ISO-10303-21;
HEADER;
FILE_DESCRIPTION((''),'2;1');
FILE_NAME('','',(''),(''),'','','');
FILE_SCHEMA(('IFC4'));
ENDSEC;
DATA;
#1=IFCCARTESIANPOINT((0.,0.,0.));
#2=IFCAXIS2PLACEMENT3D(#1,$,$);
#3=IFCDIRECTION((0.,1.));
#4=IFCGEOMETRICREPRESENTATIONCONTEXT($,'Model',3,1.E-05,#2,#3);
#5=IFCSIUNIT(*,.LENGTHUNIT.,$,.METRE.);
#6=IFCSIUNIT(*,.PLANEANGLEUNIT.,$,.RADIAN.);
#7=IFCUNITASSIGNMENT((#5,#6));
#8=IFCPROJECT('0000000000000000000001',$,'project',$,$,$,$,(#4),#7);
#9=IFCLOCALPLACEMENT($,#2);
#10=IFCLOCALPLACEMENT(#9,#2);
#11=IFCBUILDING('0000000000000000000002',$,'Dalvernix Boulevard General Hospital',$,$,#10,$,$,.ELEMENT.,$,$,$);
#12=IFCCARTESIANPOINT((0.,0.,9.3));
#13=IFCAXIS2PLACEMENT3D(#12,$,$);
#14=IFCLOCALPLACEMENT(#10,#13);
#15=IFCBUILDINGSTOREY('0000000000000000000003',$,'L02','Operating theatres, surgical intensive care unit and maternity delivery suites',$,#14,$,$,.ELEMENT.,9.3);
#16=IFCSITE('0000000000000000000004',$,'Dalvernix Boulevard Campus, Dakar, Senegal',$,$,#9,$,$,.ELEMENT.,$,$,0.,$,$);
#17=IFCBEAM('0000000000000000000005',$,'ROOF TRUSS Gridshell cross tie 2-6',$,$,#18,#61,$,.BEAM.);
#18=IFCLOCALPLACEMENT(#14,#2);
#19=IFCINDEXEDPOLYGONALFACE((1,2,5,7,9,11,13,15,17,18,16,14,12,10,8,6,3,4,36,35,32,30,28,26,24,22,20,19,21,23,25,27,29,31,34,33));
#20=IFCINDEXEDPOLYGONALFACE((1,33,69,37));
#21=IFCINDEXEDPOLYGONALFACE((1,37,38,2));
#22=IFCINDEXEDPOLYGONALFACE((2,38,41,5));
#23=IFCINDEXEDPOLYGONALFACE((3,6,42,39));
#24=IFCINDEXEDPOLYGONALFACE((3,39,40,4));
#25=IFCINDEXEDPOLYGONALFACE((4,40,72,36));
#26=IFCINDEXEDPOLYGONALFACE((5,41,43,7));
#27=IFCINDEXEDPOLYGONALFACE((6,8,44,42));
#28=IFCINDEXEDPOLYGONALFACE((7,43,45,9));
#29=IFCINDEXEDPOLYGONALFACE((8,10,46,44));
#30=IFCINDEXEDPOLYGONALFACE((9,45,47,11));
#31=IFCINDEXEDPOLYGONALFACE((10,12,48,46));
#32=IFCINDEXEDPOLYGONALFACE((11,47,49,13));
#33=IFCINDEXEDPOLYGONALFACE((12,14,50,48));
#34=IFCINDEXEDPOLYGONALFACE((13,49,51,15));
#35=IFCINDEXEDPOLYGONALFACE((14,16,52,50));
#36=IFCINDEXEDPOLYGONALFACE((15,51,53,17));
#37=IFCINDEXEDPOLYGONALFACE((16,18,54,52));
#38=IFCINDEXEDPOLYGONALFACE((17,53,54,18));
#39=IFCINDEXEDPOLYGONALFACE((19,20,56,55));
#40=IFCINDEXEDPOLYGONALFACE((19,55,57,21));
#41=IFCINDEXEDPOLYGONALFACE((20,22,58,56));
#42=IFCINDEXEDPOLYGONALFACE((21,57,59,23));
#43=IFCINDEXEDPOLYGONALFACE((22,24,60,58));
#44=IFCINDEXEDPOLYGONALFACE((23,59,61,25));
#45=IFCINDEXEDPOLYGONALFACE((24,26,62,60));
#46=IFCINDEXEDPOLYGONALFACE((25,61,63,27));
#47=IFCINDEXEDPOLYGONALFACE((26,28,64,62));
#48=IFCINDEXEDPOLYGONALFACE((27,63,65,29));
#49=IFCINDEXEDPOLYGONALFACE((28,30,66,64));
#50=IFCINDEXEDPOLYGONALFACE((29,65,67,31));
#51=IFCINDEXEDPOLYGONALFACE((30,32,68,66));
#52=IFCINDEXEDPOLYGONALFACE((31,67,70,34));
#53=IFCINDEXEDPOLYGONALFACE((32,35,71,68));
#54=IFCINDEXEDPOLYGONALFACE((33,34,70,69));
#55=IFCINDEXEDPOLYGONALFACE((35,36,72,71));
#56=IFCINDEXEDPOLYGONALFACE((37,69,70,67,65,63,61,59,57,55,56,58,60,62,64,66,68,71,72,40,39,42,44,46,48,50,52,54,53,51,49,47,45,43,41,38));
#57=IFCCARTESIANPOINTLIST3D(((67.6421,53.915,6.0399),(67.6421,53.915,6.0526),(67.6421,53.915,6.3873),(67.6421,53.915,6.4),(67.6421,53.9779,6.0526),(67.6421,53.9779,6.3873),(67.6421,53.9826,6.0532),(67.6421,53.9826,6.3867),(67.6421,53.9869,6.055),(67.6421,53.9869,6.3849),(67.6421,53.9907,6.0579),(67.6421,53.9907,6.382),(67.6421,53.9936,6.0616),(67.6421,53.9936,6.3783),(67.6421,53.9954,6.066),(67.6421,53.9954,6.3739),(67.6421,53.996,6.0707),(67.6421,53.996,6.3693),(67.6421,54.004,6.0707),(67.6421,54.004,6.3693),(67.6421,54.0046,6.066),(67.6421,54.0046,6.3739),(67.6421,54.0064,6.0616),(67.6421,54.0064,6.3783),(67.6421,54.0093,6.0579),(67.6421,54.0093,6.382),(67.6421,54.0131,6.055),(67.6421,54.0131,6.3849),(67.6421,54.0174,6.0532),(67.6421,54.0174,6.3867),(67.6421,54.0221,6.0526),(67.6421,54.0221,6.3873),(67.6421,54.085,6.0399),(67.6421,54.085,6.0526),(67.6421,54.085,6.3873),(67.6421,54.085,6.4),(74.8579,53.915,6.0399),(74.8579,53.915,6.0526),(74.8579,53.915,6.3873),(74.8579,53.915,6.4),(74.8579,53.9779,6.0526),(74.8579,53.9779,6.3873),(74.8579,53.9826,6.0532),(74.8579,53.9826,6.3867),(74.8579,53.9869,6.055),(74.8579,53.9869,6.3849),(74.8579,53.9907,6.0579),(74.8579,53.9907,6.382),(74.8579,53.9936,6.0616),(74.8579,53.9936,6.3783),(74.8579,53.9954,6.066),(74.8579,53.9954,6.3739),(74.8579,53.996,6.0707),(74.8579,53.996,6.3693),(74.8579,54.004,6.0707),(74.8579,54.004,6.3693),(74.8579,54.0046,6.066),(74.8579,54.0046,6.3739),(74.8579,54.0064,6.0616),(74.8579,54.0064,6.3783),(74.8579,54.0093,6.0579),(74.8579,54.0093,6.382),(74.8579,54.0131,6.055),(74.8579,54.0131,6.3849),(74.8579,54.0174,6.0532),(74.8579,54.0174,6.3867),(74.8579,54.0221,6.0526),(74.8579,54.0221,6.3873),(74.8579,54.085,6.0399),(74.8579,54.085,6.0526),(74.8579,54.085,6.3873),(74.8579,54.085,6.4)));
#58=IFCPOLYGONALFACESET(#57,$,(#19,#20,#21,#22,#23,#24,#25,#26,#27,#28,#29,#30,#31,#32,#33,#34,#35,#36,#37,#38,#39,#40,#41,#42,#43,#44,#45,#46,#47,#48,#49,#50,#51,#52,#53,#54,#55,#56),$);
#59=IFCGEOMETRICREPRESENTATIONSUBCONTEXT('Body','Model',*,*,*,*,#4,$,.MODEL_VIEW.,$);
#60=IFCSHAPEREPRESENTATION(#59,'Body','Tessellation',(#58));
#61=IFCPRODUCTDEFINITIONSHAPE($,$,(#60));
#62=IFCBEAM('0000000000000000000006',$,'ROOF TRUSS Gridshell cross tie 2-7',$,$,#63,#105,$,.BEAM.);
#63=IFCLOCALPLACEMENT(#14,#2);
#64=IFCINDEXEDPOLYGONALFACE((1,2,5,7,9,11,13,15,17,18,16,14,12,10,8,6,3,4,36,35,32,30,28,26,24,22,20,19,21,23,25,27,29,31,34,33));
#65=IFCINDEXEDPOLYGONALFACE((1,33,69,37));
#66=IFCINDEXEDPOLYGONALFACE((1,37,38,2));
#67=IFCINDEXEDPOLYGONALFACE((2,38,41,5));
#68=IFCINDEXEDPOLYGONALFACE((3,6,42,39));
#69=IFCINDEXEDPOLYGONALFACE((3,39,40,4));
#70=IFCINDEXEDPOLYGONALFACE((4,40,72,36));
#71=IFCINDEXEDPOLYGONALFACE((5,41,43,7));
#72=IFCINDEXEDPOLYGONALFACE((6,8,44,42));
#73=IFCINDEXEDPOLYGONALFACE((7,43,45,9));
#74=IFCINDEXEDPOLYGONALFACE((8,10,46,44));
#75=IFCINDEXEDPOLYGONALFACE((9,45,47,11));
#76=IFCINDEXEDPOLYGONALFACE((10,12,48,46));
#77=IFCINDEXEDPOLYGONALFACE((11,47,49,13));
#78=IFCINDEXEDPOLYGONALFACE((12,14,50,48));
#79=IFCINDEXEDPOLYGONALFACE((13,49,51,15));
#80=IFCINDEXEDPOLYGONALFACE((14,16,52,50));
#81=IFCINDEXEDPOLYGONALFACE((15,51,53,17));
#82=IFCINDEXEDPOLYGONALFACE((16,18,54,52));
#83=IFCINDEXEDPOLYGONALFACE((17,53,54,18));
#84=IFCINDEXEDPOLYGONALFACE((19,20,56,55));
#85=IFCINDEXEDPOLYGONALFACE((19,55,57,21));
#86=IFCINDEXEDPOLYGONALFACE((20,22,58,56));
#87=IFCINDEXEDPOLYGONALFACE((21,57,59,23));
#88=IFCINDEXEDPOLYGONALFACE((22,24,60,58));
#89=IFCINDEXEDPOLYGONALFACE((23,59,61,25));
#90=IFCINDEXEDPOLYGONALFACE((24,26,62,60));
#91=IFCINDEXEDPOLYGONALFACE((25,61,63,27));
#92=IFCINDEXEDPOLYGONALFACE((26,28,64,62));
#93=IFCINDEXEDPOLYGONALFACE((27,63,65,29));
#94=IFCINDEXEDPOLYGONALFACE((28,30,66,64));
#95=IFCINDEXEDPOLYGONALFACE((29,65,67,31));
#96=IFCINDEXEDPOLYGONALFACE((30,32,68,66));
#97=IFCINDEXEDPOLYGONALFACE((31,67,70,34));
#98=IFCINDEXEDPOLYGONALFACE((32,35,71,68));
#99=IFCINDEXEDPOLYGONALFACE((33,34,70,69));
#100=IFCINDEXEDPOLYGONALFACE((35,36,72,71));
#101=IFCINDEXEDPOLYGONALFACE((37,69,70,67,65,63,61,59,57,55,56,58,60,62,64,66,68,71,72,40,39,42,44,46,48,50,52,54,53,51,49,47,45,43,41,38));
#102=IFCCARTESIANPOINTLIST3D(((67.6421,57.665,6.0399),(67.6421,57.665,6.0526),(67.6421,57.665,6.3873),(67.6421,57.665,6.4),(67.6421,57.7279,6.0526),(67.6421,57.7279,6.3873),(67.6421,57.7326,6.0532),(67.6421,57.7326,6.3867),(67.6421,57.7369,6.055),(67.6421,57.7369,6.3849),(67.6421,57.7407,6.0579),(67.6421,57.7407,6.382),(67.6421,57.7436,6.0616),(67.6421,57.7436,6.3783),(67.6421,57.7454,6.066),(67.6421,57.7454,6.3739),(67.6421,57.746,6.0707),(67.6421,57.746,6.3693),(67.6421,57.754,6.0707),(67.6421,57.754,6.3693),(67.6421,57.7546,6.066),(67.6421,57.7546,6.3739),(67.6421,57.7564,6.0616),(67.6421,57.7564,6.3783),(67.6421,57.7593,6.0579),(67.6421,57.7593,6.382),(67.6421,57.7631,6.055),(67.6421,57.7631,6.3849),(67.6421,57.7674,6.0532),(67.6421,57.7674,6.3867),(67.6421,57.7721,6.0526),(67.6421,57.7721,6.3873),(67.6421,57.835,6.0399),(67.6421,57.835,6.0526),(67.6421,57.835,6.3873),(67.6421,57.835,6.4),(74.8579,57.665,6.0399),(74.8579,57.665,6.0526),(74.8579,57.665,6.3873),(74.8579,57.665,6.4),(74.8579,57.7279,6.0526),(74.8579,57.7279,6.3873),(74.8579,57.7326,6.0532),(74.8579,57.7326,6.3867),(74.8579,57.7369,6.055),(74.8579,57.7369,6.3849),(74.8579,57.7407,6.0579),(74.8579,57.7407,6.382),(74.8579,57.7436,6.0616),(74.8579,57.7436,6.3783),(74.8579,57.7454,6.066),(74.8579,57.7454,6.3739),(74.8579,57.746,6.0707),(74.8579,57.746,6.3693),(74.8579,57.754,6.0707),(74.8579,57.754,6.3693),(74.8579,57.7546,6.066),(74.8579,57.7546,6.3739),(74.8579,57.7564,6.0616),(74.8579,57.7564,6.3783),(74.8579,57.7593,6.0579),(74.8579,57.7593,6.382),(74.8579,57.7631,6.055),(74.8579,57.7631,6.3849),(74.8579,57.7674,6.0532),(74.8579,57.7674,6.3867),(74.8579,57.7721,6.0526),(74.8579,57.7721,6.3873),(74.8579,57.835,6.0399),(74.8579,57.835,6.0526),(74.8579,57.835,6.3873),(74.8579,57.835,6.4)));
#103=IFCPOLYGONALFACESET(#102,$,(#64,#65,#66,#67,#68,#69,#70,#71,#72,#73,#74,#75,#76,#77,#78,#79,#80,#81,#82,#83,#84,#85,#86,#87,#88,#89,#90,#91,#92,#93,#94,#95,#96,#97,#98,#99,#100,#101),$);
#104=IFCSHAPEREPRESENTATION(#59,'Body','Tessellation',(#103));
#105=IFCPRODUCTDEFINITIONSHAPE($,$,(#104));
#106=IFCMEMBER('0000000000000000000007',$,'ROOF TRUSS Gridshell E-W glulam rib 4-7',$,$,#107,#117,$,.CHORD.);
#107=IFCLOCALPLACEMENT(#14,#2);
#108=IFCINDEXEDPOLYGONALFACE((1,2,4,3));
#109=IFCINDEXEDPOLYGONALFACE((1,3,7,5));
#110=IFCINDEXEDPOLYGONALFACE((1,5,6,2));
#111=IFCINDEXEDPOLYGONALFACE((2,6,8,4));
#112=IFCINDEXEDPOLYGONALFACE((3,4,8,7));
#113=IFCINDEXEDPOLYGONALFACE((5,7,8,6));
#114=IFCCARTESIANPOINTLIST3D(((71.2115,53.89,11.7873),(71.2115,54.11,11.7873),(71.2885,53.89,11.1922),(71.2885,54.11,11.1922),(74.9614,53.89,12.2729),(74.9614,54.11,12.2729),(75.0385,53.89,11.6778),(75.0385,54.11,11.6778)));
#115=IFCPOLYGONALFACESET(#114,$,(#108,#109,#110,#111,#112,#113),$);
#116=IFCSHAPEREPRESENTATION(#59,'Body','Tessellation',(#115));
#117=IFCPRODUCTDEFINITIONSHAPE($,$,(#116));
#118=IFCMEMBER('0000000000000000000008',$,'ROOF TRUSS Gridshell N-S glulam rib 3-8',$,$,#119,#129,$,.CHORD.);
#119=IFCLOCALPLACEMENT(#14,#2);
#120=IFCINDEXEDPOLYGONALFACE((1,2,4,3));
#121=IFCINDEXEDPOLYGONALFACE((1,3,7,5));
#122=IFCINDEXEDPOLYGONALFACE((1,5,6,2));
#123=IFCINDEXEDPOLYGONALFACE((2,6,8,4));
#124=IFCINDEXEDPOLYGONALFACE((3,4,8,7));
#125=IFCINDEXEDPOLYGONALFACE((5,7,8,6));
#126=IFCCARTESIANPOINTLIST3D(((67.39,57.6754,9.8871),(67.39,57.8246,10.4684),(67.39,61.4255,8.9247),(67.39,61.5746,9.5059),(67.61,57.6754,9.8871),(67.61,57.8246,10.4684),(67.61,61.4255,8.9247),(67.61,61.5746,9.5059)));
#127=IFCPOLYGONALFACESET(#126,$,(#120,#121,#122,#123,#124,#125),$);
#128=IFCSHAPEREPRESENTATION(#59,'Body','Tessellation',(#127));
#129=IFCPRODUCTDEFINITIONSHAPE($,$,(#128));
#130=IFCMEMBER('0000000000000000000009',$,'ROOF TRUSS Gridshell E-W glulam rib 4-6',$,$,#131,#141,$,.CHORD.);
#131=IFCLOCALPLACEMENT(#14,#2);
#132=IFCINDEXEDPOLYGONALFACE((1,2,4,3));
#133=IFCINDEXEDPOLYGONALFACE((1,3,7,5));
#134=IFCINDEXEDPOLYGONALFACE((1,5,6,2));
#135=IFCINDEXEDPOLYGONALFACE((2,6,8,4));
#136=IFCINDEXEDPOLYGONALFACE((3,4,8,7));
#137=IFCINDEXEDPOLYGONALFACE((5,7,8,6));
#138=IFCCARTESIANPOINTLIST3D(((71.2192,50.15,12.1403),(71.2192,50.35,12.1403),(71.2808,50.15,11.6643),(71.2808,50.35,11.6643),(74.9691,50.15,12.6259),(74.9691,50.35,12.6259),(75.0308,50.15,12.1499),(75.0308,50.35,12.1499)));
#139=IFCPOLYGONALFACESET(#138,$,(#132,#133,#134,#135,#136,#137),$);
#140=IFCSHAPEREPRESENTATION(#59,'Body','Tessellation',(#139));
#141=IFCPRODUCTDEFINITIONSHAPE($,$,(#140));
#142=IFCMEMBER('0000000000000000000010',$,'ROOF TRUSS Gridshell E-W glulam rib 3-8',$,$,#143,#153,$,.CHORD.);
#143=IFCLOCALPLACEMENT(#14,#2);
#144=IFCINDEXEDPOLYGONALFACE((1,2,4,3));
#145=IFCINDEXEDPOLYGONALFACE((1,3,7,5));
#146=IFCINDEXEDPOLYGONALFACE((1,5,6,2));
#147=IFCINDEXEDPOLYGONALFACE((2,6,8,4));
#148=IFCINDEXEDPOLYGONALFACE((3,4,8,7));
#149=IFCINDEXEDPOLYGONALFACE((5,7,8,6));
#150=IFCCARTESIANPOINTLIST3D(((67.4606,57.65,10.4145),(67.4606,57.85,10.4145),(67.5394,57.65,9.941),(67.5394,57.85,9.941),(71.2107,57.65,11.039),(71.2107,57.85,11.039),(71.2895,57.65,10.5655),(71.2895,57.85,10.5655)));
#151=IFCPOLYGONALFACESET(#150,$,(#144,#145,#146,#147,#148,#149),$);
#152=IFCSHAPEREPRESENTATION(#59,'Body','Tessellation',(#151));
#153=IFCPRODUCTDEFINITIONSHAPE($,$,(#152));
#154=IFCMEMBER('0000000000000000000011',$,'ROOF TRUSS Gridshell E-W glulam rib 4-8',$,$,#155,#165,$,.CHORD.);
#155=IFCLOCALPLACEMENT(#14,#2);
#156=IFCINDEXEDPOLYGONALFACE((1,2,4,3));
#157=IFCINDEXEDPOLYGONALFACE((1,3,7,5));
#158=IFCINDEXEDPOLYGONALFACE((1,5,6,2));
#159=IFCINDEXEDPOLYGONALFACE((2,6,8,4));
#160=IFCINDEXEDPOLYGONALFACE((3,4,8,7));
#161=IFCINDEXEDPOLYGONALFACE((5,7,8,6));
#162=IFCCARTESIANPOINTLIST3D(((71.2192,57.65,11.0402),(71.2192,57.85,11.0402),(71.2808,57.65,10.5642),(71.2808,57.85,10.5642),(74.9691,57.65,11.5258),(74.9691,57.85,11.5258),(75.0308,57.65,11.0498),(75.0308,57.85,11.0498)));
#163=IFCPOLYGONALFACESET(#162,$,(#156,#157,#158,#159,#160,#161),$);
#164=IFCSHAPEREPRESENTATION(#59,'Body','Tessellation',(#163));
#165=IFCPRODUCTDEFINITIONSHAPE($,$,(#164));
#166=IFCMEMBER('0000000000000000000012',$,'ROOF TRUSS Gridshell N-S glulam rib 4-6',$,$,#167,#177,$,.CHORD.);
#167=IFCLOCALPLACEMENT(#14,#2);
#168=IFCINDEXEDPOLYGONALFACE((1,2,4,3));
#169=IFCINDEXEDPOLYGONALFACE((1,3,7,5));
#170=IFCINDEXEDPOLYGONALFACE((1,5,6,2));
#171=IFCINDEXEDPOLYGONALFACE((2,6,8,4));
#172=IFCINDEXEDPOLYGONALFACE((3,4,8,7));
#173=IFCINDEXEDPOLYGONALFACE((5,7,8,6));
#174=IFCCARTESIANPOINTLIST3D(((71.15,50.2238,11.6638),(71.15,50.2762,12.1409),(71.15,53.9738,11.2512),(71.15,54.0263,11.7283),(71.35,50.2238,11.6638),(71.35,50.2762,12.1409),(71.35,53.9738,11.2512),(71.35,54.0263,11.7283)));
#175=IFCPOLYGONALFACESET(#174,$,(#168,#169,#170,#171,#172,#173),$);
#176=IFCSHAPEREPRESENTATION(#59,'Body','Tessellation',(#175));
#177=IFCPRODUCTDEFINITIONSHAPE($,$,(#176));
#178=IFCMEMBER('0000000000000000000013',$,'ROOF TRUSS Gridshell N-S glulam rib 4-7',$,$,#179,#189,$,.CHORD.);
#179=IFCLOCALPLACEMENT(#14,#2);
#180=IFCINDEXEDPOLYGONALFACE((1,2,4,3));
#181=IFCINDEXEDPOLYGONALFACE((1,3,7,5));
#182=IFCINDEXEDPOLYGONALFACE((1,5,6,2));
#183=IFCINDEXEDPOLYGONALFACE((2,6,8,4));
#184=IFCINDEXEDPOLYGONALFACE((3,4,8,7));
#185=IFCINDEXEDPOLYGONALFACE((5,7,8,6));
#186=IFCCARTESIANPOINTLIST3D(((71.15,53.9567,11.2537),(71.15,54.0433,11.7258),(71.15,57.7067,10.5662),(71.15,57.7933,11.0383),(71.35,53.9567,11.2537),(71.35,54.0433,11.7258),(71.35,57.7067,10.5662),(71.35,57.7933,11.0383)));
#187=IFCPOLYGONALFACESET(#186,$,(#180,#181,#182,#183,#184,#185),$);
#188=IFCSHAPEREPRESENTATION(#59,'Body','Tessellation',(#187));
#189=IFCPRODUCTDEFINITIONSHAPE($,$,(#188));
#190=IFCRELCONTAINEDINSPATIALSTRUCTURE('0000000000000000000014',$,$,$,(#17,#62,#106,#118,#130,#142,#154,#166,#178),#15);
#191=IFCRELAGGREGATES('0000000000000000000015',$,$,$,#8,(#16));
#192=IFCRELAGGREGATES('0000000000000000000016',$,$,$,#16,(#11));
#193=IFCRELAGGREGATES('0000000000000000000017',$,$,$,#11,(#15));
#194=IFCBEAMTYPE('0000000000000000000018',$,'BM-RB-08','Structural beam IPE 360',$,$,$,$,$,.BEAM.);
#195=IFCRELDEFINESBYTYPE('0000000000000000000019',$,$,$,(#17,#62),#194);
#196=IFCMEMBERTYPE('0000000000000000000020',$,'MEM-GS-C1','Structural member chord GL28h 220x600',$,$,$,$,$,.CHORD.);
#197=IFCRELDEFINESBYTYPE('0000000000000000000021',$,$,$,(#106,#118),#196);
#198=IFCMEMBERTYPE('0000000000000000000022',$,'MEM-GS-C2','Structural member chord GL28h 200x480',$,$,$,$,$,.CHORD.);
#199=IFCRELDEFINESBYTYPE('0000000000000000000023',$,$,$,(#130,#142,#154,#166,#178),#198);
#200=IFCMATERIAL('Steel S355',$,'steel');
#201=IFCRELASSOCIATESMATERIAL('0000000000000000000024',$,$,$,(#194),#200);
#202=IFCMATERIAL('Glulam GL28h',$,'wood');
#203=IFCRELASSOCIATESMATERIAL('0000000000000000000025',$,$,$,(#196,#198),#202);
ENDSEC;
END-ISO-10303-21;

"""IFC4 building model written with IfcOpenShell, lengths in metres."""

from ifc_helpers import new_model, si_unit, direction, frame, origin, origin_2d, place, context, subcontext, project, spatial, rectangle, i_section, extrude, material, material_profile, profile_set, type_object, element, save


model = new_model("IFC4")

# Units and contexts
model_context = context("Model", 3, precision=1e-05, world=origin(), true_north=direction((0.0, 1.0)))
body_context = subcontext(model_context, "Body", "Model", "MODEL_VIEW")
ifc_project = project(units=[si_unit("LENGTHUNIT", "METRE"), si_unit("PLANEANGLEUNIT", "RADIAN")], contexts=[model_context])

# Site, building, storey
site_placement = place(None, origin())
site = spatial("IfcSite", under=ifc_project, at=site_placement, Name="Dalvernix Boulevard Campus, Dakar, Senegal", CompositionType="ELEMENT", RefElevation=0.0)
building_placement = place(site_placement, origin())
building = spatial("IfcBuilding", under=site, at=building_placement, Name="Dalvernix Boulevard General Hospital", CompositionType="ELEMENT")
storey_placement = place(building_placement, frame((0.0, 0.0, 9.3)))
storey = spatial("IfcBuildingStorey", under=building, at=storey_placement, Name="L02", Description="Operating theatres, surgical intensive care unit and maternity delivery suites", CompositionType="ELEMENT", Elevation=9.3)

# Beams
ifc_material_1 = material(Name="Steel S355", Category="steel")
ifc_material_profile_1 = material_profile(ifc_material_1, i_section(OverallWidth=0.1699, OverallDepth=0.3601, WebThickness=0.0081, FlangeThickness=0.0127, FilletRadius=0.0181, at=origin_2d()), Name="IPE 360")
ifc_profile_set_1 = profile_set([ifc_material_profile_1], Name="Steel S355")
beam_type = type_object("IfcBeamType", Name="BM-RB-08", Description="Structural beam IPE 360", PredefinedType="BEAM", material=ifc_profile_set_1)
for number, where, z_axis, x_axis, name in (
    (1, (67.6421, 54.0, 6.22), (1.0, 0.0, 0.0), (0.0, 1.0, 0.0), "ROOF TRUSS Gridshell cross tie 2-6"),
    (2, (67.6421, 57.75, 6.22), (1.0, 0.0, 0.0), (0.0, 1.0, 0.0), "ROOF TRUSS Gridshell cross tie 2-7"),
):
    element("IfcBeam", number, at=place(storey_placement, frame(where, z_axis=z_axis, x_axis=x_axis)), inside=storey, type_object=beam_type, Name=name, PredefinedType="BEAM", context=body_context, shape_type="SweptSolid", body=[
        extrude(i_section(OverallWidth=0.1699, OverallDepth=0.3601, WebThickness=0.0081, FlangeThickness=0.0127, FilletRadius=0.0181, at=origin_2d()), origin(), (0.0, 0.0, 1.0), 7.2158),
    ])

# Members
ifc_material_2 = material(Name="Glulam GL28h", Category="wood")
ifc_material_profile_2 = material_profile(ifc_material_2, rectangle(XDim=0.22, YDim=0.6001, at=origin_2d()), Name="GL28h 220x600")
ifc_profile_set_2 = profile_set([ifc_material_profile_2], Name="Glulam GL28h")
member_type_1 = type_object("IfcMemberType", Name="MEM-GS-C1", Description="Structural member chord GL28h 220x600", PredefinedType="CHORD", material=ifc_profile_set_2)
member_1_placement = place(storey_placement, frame((71.25, 54.0, 11.4897), z_axis=(0.99172, 0.0, 0.12842), x_axis=(0.0, 1.0, 0.0)))
element("IfcMember", 3, at=member_1_placement, inside=storey, type_object=member_type_1, Name="ROOF TRUSS Gridshell E-W glulam rib 4-7", PredefinedType="CHORD", context=body_context, shape_type="SweptSolid", body=[
    extrude(rectangle(XDim=0.22, YDim=0.6001, at=origin_2d()), origin(), (0.0, 0.0, 1.0), 3.7812),
])
member_2_placement = place(storey_placement, frame((67.5, 57.75, 10.1777), z_axis=(0.0, 0.96861, -0.248585), x_axis=(-1.0, 0.0, 0.0)))
element("IfcMember", 4, at=member_2_placement, inside=storey, type_object=member_type_1, Name="ROOF TRUSS Gridshell N-S glulam rib 3-8", PredefinedType="CHORD", context=body_context, shape_type="SweptSolid", body=[
    extrude(rectangle(XDim=0.22, YDim=0.6001, at=origin_2d()), origin(), (0.0, 0.0, 1.0), 3.8716),
])
ifc_material_profile_3 = material_profile(ifc_material_2, rectangle(XDim=0.2, YDim=0.48, at=origin_2d()), Name="GL28h 200x480")
ifc_profile_set_3 = profile_set([ifc_material_profile_3], Name="Glulam GL28h")
member_type_2 = type_object("IfcMemberType", Name="MEM-GS-C2", Description="Structural member chord GL28h 200x480", PredefinedType="CHORD", material=ifc_profile_set_3)
member_3_placement = place(storey_placement, frame((71.25, 50.25, 11.9023), z_axis=(0.99172, 0.0, 0.12842), x_axis=(0.0, 1.0, 0.0)))
element("IfcMember", 5, at=member_3_placement, inside=storey, type_object=member_type_2, Name="ROOF TRUSS Gridshell E-W glulam rib 4-6", PredefinedType="CHORD", context=body_context, shape_type="SweptSolid", body=[
    extrude(rectangle(XDim=0.2, YDim=0.48, at=origin_2d()), origin(), (0.0, 0.0, 1.0), 3.7812),
])
member_4_placement = place(storey_placement, frame((67.5, 57.75, 10.1777), z_axis=(0.986415, 0.0, 0.164274), x_axis=(0.0, 1.0, 0.0)))
element("IfcMember", 6, at=member_4_placement, inside=storey, type_object=member_type_2, Name="ROOF TRUSS Gridshell E-W glulam rib 3-8", PredefinedType="CHORD", context=body_context, shape_type="SweptSolid", body=[
    extrude(rectangle(XDim=0.2, YDim=0.48, at=origin_2d()), origin(), (0.0, 0.0, 1.0), 3.8018),
])
member_5_placement = place(storey_placement, frame((71.25, 57.75, 10.8022), z_axis=(0.99172, 0.0, 0.12842), x_axis=(0.0, 1.0, 0.0)))
element("IfcMember", 7, at=member_5_placement, inside=storey, type_object=member_type_2, Name="ROOF TRUSS Gridshell E-W glulam rib 4-8", PredefinedType="CHORD", context=body_context, shape_type="SweptSolid", body=[
    extrude(rectangle(XDim=0.2, YDim=0.48, at=origin_2d()), origin(), (0.0, 0.0, 1.0), 3.7812),
])
member_6_placement = place(storey_placement, frame((71.25, 50.25, 11.9023), z_axis=(0.0, 0.994002, -0.109366), x_axis=(-1.0, 0.0, 0.0)))
element("IfcMember", 8, at=member_6_placement, inside=storey, type_object=member_type_2, Name="ROOF TRUSS Gridshell N-S glulam rib 4-6", PredefinedType="CHORD", context=body_context, shape_type="SweptSolid", body=[
    extrude(rectangle(XDim=0.2, YDim=0.48, at=origin_2d()), origin(), (0.0, 0.0, 1.0), 3.7727),
])
member_7_placement = place(storey_placement, frame((71.25, 54.0, 11.4897), z_axis=(0.0, 0.983607, -0.180328), x_axis=(-1.0, 0.0, 0.0)))
element("IfcMember", 9, at=member_7_placement, inside=storey, type_object=member_type_2, Name="ROOF TRUSS Gridshell N-S glulam rib 4-7", PredefinedType="CHORD", context=body_context, shape_type="SweptSolid", body=[
    extrude(rectangle(XDim=0.2, YDim=0.48, at=origin_2d()), origin(), (0.0, 0.0, 1.0), 3.8125),
])

save(model, "model.ifc")
